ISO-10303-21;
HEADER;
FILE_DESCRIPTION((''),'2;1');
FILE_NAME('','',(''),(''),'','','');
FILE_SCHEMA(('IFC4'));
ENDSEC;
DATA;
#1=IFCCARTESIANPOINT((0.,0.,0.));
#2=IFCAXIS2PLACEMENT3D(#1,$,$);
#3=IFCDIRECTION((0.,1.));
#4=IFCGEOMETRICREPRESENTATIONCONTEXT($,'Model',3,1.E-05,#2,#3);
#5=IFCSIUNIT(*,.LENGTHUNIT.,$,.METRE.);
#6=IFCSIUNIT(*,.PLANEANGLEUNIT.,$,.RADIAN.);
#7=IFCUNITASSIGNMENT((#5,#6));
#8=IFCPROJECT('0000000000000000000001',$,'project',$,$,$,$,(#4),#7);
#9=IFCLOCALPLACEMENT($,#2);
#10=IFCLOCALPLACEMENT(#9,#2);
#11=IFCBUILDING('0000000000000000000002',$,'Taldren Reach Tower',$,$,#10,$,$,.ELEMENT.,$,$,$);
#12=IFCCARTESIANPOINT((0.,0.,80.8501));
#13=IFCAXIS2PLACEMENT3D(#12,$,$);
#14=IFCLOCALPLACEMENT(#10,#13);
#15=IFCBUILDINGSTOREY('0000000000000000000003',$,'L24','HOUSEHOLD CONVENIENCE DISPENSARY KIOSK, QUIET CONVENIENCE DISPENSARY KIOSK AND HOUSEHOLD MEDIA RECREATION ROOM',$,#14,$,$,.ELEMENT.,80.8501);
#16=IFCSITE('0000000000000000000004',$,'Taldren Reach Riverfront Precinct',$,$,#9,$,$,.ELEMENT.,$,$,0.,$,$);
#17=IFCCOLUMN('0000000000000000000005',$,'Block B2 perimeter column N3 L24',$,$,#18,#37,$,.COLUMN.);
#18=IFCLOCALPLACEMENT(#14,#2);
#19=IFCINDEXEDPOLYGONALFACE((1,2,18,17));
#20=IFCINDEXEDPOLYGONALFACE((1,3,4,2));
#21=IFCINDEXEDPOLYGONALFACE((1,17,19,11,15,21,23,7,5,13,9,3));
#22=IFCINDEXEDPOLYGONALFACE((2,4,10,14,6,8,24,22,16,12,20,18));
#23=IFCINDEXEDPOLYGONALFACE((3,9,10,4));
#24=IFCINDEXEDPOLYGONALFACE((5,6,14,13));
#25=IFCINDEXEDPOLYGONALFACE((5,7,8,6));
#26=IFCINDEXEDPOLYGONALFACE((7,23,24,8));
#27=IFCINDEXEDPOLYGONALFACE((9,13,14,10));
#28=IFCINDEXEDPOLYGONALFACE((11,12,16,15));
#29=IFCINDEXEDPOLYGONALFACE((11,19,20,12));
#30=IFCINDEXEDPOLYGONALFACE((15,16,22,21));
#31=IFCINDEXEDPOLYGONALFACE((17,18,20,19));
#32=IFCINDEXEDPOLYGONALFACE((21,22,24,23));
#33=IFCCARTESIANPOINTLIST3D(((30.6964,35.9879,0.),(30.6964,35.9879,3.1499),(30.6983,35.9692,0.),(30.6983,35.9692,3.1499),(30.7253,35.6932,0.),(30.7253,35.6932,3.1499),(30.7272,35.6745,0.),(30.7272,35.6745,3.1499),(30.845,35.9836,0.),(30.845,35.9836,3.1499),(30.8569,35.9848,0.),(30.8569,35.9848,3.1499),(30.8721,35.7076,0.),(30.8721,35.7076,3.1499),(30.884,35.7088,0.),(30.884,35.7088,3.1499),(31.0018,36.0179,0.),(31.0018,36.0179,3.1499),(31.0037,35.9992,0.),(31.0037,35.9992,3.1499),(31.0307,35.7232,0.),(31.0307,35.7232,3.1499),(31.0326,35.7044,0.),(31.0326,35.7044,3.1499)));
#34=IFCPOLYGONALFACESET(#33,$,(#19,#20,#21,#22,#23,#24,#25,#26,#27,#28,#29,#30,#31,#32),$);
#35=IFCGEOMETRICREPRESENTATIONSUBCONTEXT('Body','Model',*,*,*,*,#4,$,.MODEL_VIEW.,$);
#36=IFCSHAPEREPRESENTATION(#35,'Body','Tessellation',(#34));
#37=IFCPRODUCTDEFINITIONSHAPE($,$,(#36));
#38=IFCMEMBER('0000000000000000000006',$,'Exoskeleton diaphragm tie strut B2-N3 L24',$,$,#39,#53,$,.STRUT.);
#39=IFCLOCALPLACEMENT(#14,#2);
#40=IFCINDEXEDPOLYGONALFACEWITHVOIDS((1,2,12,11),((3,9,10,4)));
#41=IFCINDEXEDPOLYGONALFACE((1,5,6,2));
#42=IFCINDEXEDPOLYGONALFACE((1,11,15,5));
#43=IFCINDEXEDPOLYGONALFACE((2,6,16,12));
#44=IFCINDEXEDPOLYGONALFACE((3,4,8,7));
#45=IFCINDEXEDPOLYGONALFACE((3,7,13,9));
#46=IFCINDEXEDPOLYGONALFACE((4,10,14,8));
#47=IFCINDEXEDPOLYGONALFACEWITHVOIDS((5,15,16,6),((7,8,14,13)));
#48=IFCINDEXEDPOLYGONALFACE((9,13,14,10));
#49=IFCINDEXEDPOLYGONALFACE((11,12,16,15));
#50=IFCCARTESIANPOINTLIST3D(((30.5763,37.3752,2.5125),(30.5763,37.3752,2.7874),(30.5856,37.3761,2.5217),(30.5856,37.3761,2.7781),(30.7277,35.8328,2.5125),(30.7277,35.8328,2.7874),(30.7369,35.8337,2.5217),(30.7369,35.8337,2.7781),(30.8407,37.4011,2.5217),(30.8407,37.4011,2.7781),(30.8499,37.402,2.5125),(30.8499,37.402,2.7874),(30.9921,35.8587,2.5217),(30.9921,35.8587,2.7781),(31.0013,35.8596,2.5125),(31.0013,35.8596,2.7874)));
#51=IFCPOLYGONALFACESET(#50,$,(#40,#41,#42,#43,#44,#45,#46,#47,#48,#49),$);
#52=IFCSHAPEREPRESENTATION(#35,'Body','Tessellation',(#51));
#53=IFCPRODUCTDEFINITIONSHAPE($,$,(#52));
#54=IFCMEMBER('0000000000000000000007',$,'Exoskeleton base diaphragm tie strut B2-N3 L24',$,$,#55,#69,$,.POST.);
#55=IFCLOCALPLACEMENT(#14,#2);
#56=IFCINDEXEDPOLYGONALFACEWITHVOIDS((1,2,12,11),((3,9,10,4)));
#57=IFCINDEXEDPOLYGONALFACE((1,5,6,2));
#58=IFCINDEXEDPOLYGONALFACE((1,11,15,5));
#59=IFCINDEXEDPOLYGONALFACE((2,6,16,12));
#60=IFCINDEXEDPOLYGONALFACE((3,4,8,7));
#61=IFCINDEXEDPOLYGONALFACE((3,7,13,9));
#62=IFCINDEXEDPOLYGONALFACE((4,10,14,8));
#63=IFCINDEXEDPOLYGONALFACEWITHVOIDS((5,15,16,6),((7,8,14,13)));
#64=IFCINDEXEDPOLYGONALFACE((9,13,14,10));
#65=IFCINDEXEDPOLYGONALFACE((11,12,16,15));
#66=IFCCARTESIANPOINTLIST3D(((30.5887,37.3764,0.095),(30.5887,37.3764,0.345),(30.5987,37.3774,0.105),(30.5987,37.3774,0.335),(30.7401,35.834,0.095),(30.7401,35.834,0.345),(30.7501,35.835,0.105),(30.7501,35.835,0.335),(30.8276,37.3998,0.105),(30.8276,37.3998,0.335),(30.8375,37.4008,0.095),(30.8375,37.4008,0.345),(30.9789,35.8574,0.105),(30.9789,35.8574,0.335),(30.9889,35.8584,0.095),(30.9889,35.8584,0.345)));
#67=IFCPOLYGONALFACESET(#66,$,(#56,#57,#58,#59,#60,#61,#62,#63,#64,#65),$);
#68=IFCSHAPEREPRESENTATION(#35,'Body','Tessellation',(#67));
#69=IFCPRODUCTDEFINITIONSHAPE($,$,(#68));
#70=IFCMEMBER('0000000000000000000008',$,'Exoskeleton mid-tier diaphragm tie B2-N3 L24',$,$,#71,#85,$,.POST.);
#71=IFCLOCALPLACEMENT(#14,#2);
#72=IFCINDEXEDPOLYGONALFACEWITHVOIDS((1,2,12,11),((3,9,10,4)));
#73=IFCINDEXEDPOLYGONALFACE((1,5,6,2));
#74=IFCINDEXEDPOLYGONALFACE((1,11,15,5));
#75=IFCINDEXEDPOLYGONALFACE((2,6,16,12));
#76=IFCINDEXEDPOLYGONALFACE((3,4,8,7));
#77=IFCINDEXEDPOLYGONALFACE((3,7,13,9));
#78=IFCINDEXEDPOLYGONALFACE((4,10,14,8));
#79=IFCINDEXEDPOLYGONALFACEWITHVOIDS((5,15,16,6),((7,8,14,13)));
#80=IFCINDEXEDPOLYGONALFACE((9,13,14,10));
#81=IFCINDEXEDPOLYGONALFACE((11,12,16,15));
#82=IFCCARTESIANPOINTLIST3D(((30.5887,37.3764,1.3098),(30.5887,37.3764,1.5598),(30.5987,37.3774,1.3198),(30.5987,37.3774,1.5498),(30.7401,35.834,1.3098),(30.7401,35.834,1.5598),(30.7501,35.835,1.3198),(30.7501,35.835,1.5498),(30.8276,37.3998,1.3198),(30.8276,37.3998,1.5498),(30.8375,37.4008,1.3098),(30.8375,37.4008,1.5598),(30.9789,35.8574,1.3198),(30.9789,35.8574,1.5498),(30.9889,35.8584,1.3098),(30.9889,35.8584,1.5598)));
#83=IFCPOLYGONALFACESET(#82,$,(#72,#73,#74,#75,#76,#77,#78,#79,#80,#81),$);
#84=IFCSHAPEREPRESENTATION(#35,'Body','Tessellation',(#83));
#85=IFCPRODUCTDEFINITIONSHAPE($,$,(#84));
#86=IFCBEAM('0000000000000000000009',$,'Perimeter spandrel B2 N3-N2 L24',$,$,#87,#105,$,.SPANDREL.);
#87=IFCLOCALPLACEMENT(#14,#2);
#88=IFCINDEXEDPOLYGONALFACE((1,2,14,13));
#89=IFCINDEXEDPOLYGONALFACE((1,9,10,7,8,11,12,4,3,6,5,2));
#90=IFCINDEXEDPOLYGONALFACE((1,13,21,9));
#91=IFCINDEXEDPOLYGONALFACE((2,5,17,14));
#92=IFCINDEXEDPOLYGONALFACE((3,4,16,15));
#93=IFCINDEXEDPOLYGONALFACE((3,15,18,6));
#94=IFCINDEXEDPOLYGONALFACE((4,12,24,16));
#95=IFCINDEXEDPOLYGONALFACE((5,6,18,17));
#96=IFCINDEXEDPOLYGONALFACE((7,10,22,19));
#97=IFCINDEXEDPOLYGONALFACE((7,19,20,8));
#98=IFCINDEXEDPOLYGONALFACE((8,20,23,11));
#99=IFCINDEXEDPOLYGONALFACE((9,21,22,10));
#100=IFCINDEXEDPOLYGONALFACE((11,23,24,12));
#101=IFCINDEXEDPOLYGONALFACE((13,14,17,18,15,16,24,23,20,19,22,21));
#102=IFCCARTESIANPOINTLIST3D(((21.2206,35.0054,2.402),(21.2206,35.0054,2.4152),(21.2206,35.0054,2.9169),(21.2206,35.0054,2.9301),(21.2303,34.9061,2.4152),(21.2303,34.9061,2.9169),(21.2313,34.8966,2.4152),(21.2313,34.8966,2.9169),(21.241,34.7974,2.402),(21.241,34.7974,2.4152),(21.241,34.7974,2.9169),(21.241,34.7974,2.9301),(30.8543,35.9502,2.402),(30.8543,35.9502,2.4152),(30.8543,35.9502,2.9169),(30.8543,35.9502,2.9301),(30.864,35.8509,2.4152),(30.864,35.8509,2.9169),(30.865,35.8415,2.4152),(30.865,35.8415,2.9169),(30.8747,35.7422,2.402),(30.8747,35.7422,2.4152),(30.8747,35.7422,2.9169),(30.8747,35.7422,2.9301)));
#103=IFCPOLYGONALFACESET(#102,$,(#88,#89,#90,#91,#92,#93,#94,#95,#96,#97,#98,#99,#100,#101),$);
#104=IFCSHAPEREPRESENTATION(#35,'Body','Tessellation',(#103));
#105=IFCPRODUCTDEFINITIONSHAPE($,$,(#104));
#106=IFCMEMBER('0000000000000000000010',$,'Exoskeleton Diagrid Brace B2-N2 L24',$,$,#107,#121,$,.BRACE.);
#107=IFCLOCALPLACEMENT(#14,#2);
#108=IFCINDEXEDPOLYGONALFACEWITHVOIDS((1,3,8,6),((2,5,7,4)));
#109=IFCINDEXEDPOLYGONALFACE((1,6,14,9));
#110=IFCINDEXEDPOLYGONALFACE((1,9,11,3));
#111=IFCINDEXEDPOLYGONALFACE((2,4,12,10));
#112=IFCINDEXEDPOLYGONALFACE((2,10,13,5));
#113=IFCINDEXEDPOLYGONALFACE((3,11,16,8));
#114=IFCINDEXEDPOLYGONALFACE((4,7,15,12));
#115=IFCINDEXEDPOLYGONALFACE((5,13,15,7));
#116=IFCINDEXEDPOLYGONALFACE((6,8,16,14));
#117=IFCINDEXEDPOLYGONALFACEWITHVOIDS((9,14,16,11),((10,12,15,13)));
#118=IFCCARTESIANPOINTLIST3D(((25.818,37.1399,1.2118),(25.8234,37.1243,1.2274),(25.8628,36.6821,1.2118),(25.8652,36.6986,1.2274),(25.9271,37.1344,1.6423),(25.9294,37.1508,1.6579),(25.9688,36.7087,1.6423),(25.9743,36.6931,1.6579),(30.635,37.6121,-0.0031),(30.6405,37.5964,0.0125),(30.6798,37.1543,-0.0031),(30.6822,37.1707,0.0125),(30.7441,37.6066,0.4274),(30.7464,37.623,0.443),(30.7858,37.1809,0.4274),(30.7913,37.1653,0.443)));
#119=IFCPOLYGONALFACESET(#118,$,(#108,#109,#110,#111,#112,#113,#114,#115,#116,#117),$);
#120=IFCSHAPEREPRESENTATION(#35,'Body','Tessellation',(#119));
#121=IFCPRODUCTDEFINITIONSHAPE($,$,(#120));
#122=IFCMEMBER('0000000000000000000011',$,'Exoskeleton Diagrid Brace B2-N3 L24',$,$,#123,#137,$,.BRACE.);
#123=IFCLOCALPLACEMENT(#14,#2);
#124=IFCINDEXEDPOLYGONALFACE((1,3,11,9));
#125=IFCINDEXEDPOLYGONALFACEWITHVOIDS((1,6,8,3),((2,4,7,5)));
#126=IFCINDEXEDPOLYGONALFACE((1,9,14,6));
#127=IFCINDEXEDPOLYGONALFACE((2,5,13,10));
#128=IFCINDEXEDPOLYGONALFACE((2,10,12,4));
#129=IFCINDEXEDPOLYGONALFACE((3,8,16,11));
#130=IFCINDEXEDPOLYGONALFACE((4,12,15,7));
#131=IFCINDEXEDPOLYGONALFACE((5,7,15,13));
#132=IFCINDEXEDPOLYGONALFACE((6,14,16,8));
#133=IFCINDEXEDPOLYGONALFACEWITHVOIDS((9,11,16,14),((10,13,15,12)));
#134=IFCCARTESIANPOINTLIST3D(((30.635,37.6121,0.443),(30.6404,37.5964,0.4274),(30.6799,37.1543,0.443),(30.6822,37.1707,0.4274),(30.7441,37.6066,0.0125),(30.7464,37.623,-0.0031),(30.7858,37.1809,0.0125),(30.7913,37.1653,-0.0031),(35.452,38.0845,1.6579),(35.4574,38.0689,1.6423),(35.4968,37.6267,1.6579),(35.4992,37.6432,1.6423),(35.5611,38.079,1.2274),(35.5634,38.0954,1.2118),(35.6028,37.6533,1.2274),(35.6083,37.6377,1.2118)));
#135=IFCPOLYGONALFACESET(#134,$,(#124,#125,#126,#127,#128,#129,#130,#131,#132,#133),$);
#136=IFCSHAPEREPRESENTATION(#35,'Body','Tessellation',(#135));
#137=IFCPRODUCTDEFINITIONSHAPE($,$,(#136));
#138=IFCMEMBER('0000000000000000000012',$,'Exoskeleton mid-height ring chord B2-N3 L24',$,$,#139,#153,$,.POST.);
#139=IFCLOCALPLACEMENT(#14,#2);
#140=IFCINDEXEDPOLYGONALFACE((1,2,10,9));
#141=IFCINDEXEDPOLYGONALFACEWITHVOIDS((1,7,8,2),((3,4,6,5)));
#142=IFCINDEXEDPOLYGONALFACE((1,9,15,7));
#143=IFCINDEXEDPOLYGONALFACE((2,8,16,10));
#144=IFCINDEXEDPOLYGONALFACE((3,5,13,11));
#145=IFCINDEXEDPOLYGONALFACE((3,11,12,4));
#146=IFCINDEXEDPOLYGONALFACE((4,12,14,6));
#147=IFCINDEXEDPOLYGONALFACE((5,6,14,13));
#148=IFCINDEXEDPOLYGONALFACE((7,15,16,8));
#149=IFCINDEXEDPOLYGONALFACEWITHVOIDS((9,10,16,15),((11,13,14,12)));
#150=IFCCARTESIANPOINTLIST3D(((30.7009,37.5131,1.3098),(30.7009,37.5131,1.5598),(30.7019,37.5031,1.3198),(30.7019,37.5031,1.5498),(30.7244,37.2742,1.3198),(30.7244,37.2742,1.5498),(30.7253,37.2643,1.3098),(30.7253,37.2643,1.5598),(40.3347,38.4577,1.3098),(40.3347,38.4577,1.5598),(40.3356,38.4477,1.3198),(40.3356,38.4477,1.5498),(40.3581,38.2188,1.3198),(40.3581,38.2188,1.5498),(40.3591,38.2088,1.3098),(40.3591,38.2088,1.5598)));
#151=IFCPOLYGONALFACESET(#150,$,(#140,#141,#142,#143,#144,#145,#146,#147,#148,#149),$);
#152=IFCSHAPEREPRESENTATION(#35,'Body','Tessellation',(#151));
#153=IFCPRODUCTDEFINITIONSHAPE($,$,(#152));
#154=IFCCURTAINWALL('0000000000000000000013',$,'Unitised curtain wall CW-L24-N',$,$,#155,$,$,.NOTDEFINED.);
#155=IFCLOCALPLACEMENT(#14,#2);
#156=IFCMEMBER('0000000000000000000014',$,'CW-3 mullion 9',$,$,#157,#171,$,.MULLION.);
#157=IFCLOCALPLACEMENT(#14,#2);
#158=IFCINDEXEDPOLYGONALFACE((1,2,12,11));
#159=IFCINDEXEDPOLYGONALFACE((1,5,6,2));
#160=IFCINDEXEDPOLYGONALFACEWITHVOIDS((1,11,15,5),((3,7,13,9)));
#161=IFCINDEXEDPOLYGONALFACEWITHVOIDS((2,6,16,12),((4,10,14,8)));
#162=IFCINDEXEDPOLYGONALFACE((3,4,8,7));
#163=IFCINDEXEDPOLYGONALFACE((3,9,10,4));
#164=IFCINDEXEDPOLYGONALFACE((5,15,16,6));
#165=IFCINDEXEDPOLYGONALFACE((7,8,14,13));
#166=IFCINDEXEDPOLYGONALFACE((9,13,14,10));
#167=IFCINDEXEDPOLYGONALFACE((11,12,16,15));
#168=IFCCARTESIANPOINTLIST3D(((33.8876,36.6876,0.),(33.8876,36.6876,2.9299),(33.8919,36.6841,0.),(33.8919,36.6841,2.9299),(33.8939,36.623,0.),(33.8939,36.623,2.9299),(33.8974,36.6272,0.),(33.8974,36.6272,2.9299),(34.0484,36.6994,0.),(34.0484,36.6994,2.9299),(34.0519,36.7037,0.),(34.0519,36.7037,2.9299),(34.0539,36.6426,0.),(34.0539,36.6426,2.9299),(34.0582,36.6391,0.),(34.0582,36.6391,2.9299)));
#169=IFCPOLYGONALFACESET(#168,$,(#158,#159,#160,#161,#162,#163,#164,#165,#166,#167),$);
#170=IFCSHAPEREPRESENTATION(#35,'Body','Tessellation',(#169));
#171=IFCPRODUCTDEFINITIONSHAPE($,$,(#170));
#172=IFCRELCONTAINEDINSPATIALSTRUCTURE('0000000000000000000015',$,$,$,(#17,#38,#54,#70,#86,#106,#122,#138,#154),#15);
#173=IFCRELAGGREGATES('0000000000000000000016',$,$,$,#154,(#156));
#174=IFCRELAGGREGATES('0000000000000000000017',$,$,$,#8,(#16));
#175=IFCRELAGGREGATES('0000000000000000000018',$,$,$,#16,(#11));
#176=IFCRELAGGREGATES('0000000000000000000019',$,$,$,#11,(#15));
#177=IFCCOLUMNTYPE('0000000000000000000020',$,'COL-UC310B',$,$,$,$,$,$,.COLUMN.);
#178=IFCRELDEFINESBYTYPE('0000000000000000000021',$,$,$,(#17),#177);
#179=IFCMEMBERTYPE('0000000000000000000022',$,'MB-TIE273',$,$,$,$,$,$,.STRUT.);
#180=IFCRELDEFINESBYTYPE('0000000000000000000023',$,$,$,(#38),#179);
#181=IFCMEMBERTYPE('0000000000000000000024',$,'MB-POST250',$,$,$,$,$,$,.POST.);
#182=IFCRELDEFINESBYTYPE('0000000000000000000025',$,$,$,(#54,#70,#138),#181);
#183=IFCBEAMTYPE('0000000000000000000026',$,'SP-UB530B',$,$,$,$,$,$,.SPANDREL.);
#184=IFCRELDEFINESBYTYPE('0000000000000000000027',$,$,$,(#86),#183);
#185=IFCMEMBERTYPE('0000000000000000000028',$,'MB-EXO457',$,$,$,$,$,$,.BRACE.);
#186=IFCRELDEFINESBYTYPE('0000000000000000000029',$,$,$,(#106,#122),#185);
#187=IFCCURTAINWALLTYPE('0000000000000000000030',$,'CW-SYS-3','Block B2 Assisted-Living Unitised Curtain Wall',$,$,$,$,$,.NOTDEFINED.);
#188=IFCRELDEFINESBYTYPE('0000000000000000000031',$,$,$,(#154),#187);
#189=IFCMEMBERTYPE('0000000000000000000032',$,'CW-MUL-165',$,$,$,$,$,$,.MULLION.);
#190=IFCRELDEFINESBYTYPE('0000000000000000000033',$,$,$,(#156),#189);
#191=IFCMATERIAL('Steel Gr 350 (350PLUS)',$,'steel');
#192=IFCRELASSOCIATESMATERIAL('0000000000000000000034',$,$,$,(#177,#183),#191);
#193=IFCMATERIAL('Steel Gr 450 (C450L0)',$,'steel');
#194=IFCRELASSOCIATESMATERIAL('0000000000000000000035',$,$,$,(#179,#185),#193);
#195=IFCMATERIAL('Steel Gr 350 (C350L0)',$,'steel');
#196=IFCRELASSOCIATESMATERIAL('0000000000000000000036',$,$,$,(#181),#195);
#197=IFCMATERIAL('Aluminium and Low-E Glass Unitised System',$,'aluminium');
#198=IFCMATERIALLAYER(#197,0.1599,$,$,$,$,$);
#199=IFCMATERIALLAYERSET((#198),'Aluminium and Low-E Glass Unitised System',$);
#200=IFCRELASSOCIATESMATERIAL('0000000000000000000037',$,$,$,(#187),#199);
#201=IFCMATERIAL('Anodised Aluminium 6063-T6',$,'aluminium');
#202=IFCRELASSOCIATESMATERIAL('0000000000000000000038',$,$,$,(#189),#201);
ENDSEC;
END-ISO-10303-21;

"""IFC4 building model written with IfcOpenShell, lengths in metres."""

from ifc_helpers import new_model, si_unit, direction, frame, origin, origin_2d, place, context, subcontext, project, spatial, hollow_rectangle, i_section, extrude, source, transform, mapped, material, layer, layer_set, material_profile, profile_set, type_object, element, aggregate, save


model = new_model("IFC4")

# Units and contexts
model_context = context("Model", 3, precision=1e-05, world=origin(), true_north=direction((0.0, 1.0)))
body_context = subcontext(model_context, "Body", "Model", "MODEL_VIEW")
ifc_project = project(units=[si_unit("LENGTHUNIT", "METRE"), si_unit("PLANEANGLEUNIT", "RADIAN")], contexts=[model_context])

# Site, building, storey
site_placement = place(None, origin())
site = spatial("IfcSite", under=ifc_project, at=site_placement, Name="Taldren Reach Riverfront Precinct", CompositionType="ELEMENT", RefElevation=0.0)
building_placement = place(site_placement, origin())
building = spatial("IfcBuilding", under=site, at=building_placement, Name="Taldren Reach Tower", CompositionType="ELEMENT")
storey_placement = place(building_placement, frame((0.0, 0.0, 80.8501)))
storey = spatial("IfcBuildingStorey", under=building, at=storey_placement, Name="L24", Description="HOUSEHOLD CONVENIENCE DISPENSARY KIOSK, QUIET CONVENIENCE DISPENSARY KIOSK AND HOUSEHOLD MEDIA RECREATION ROOM", CompositionType="ELEMENT", Elevation=80.8501)

# Column
ifc_material_1 = material(Name="Steel Gr 350 (350PLUS)", Category="steel")
ifc_material_profile_1 = material_profile(ifc_material_1, i_section(OverallWidth=0.3069, OverallDepth=0.3149, WebThickness=0.012, FlangeThickness=0.0188, at=origin_2d()), Name="310UC118")
ifc_profile_set_1 = profile_set([ifc_material_profile_1], Name="Steel Gr 350 (350PLUS)")
column_type = type_object("IfcColumnType", Name="COL-UC310B", PredefinedType="COLUMN", material=ifc_profile_set_1)
shared_shape_1 = source(origin(), body_context, "Body", "SweptSolid", [
    extrude(i_section(OverallWidth=0.3069, OverallDepth=0.3149, WebThickness=0.012, FlangeThickness=0.0188, at=origin_2d()), origin(), (0.0, 0.0, 1.0), 3.1499),
])
column_placement = place(storey_placement, frame((30.8645, 35.8462, 0.0), z_axis=(0.0, 0.0, 1.0), x_axis=(0.995227, 0.097583, 0.0)))
element("IfcColumn", 1, at=column_placement, inside=storey, type_object=column_type, Name="Block B2 perimeter column N3 L24", PredefinedType="COLUMN", context=body_context, shape_type="MappedRepresentation", body=[
    mapped(shared_shape_1, transform((0.0, 0.0, 0.0), scale=1.0)),
])

# Members
ifc_material_2 = material(Name="Steel Gr 450 (C450L0)", Category="steel")
ifc_material_profile_2 = material_profile(ifc_material_2, hollow_rectangle(XDim=0.2749, YDim=0.2749, WallThickness=0.0093, at=origin_2d()), Name="275x275x9.3SHS")
ifc_profile_set_2 = profile_set([ifc_material_profile_2], Name="Steel Gr 450 (C450L0)")
member_type_1 = type_object("IfcMemberType", Name="MB-TIE273", PredefinedType="STRUT", material=ifc_profile_set_2)
shared_shape_2 = source(origin(), body_context, "Body", "SweptSolid", [
    extrude(hollow_rectangle(XDim=0.2749, YDim=0.2749, WallThickness=0.0093, at=origin_2d()), origin(), (0.0, 0.0, 1.0), 1.5498),
])
member_1_placement = place(storey_placement, frame((30.8645, 35.8462, 2.6499), z_axis=(-0.097663, 0.99522, 0.0), x_axis=(-0.99522, -0.097663, 0.0)))
element("IfcMember", 2, at=member_1_placement, inside=storey, type_object=member_type_1, Name="Exoskeleton diaphragm tie strut B2-N3 L24", PredefinedType="STRUT", context=body_context, shape_type="MappedRepresentation", body=[
    mapped(shared_shape_2, transform((0.0, 0.0, 0.0), scale=1.0)),
])
ifc_material_3 = material(Name="Steel Gr 350 (C350L0)", Category="steel")
ifc_material_profile_3 = material_profile(ifc_material_3, hollow_rectangle(XDim=0.25, YDim=0.25, WallThickness=0.01, at=origin_2d()), Name="250x250x10.0SHS")
ifc_profile_set_3 = profile_set([ifc_material_profile_3], Name="Steel Gr 350 (C350L0)")
member_type_2 = type_object("IfcMemberType", Name="MB-POST250", PredefinedType="POST", material=ifc_profile_set_3)
shared_shape_3 = source(origin(), body_context, "Body", "SweptSolid", [
    extrude(hollow_rectangle(XDim=0.25, YDim=0.25, WallThickness=0.01, at=origin_2d()), origin(), (0.0, 0.0, 1.0), 1.5498),
])
for number, where, z_axis, x_axis, name in (
    (3, (30.8645, 35.8462, 0.22), (-0.097663, 0.99522, 0.0), (-0.99522, -0.097663, 0.0), "Exoskeleton base diaphragm tie strut B2-N3 L24"),
    (4, (30.8645, 35.8462, 1.4348), (-0.097663, 0.99522, 0.0), (-0.99522, -0.097663, 0.0), "Exoskeleton mid-tier diaphragm tie B2-N3 L24"),
):
    element("IfcMember", number, at=place(storey_placement, frame(where, z_axis=z_axis, x_axis=x_axis)), inside=storey, type_object=member_type_2, Name=name, PredefinedType="POST", context=body_context, shape_type="MappedRepresentation", body=[
        mapped(shared_shape_3, transform((0.0, 0.0, 0.0), scale=1.0)),
    ])

# Beam
ifc_material_profile_4 = material_profile(ifc_material_1, i_section(OverallWidth=0.209, OverallDepth=0.5281, WebThickness=0.0095, FlangeThickness=0.0132, at=origin_2d()), Name="530UB82.0")
ifc_profile_set_4 = profile_set([ifc_material_profile_4], Name="Steel Gr 350 (350PLUS)")
beam_type = type_object("IfcBeamType", Name="SP-UB530B", PredefinedType="SPANDREL", material=ifc_profile_set_4)
shared_shape_4 = source(origin(), body_context, "Body", "SweptSolid", [
    extrude(i_section(OverallWidth=0.209, OverallDepth=0.5281, WebThickness=0.0095, FlangeThickness=0.0132, at=origin_2d()), origin(), (0.0, 0.0, 1.0), 9.6799),
])
beam_placement = place(storey_placement, frame((30.8645, 35.8462, 2.666), z_axis=(-0.995225, -0.097606, 0.0), x_axis=(0.097606, -0.995225, 0.0)))
element("IfcBeam", 5, at=beam_placement, inside=storey, type_object=beam_type, Name="Perimeter spandrel B2 N3-N2 L24", PredefinedType="SPANDREL", context=body_context, shape_type="MappedRepresentation", body=[
    mapped(shared_shape_4, transform((0.0, 0.0, 0.0), scale=1.0)),
])

# Members
ifc_material_profile_5 = material_profile(ifc_material_2, hollow_rectangle(XDim=0.46, YDim=0.46, WallThickness=0.0161, at=origin_2d()), Name="460x460x16.0SHS")
ifc_profile_set_5 = profile_set([ifc_material_profile_5], Name="Steel Gr 450 (C450L0)")
member_type_3 = type_object("IfcMemberType", Name="MB-EXO457", PredefinedType="BRACE", material=ifc_profile_set_5)
shared_shape_5 = source(origin(), body_context, "Body", "SweptSolid", [
    extrude(hollow_rectangle(XDim=0.46, YDim=0.46, WallThickness=0.0161, at=origin_2d()), origin(), (0.0, 0.0, 1.0), 4.9902),
])
for number, where, z_axis, x_axis, name in (
    (6, (30.7131, 37.3887, 0.22), (-0.965287, -0.094621, 0.24345), (0.097556, -0.99523, 0.0), "Exoskeleton Diagrid Brace B2-N2 L24"),
    (7, (30.7131, 37.3887, 0.22), (0.965283, 0.094669, 0.243449), (-0.097606, 0.995225, 0.0), "Exoskeleton Diagrid Brace B2-N3 L24"),
):
    element("IfcMember", number, at=place(storey_placement, frame(where, z_axis=z_axis, x_axis=x_axis)), inside=storey, type_object=member_type_3, Name=name, PredefinedType="BRACE", context=body_context, shape_type="MappedRepresentation", body=[
        mapped(shared_shape_5, transform((0.0, 0.0, 0.0), scale=1.0)),
    ])
shared_shape_6 = source(origin(), body_context, "Body", "SweptSolid", [
    extrude(hollow_rectangle(XDim=0.25, YDim=0.25, WallThickness=0.01, at=origin_2d()), origin(), (0.0, 0.0, 1.0), 9.6799),
])
member_2_placement = place(storey_placement, frame((30.7131, 37.3887, 1.4348), z_axis=(0.995228, 0.097581, 0.0), x_axis=(-0.097581, 0.995228, 0.0)))
element("IfcMember", 8, at=member_2_placement, inside=storey, type_object=member_type_2, Name="Exoskeleton mid-height ring chord B2-N3 L24", PredefinedType="POST", context=body_context, shape_type="MappedRepresentation", body=[
    mapped(shared_shape_6, transform((0.0, 0.0, 0.0), scale=1.0)),
])

# Curtain wall, member
ifc_material_4 = material(Name="Aluminium and Low-E Glass Unitised System", Category="aluminium")
ifc_layer_1 = layer(ifc_material_4, 0.1599)
ifc_layer_set_1 = layer_set([ifc_layer_1], Name="Aluminium and Low-E Glass Unitised System")
curtain_wall_type = type_object("IfcCurtainWallType", Name="CW-SYS-3", Description="Block B2 Assisted-Living Unitised Curtain Wall", PredefinedType="NOTDEFINED", material=ifc_layer_set_1)
curtain_wall_placement = place(storey_placement, origin())
curtain_wall = element("IfcCurtainWall", 9, at=curtain_wall_placement, inside=storey, type_object=curtain_wall_type, Name="Unitised curtain wall CW-L24-N", PredefinedType="NOTDEFINED")
ifc_material_5 = material(Name="Anodised Aluminium 6063-T6", Category="aluminium")
ifc_material_profile_6 = material_profile(ifc_material_5, hollow_rectangle(XDim=0.0649, YDim=0.165, WallThickness=0.0039, at=origin_2d()), Name="ALU-165x65x4RHS")
ifc_profile_set_6 = profile_set([ifc_material_profile_6], Name="Anodised Aluminium 6063-T6")
member_type_4 = type_object("IfcMemberType", Name="CW-MUL-165", PredefinedType="MULLION", material=ifc_profile_set_6)
shared_shape_7 = source(origin(), body_context, "Body", "SweptSolid", [
    extrude(hollow_rectangle(XDim=0.0649, YDim=0.165, WallThickness=0.0039, at=origin_2d()), origin(), (0.0, 0.0, 1.0), 2.9299),
])
member_3_placement = place(storey_placement, frame((33.9729, 36.6633, 0.0), z_axis=(0.0, 0.0, 1.0), x_axis=(0.097583, -0.995227, 0.0)))
member_3 = element("IfcMember", 10, at=member_3_placement, type_object=member_type_4, Name="CW-3 mullion 9", PredefinedType="MULLION", context=body_context, shape_type="MappedRepresentation", body=[
    mapped(shared_shape_7, transform((0.0, 0.0, 0.0), scale=1.0)),
])

aggregate(curtain_wall, [member_3])

save(model, "model.ifc")
